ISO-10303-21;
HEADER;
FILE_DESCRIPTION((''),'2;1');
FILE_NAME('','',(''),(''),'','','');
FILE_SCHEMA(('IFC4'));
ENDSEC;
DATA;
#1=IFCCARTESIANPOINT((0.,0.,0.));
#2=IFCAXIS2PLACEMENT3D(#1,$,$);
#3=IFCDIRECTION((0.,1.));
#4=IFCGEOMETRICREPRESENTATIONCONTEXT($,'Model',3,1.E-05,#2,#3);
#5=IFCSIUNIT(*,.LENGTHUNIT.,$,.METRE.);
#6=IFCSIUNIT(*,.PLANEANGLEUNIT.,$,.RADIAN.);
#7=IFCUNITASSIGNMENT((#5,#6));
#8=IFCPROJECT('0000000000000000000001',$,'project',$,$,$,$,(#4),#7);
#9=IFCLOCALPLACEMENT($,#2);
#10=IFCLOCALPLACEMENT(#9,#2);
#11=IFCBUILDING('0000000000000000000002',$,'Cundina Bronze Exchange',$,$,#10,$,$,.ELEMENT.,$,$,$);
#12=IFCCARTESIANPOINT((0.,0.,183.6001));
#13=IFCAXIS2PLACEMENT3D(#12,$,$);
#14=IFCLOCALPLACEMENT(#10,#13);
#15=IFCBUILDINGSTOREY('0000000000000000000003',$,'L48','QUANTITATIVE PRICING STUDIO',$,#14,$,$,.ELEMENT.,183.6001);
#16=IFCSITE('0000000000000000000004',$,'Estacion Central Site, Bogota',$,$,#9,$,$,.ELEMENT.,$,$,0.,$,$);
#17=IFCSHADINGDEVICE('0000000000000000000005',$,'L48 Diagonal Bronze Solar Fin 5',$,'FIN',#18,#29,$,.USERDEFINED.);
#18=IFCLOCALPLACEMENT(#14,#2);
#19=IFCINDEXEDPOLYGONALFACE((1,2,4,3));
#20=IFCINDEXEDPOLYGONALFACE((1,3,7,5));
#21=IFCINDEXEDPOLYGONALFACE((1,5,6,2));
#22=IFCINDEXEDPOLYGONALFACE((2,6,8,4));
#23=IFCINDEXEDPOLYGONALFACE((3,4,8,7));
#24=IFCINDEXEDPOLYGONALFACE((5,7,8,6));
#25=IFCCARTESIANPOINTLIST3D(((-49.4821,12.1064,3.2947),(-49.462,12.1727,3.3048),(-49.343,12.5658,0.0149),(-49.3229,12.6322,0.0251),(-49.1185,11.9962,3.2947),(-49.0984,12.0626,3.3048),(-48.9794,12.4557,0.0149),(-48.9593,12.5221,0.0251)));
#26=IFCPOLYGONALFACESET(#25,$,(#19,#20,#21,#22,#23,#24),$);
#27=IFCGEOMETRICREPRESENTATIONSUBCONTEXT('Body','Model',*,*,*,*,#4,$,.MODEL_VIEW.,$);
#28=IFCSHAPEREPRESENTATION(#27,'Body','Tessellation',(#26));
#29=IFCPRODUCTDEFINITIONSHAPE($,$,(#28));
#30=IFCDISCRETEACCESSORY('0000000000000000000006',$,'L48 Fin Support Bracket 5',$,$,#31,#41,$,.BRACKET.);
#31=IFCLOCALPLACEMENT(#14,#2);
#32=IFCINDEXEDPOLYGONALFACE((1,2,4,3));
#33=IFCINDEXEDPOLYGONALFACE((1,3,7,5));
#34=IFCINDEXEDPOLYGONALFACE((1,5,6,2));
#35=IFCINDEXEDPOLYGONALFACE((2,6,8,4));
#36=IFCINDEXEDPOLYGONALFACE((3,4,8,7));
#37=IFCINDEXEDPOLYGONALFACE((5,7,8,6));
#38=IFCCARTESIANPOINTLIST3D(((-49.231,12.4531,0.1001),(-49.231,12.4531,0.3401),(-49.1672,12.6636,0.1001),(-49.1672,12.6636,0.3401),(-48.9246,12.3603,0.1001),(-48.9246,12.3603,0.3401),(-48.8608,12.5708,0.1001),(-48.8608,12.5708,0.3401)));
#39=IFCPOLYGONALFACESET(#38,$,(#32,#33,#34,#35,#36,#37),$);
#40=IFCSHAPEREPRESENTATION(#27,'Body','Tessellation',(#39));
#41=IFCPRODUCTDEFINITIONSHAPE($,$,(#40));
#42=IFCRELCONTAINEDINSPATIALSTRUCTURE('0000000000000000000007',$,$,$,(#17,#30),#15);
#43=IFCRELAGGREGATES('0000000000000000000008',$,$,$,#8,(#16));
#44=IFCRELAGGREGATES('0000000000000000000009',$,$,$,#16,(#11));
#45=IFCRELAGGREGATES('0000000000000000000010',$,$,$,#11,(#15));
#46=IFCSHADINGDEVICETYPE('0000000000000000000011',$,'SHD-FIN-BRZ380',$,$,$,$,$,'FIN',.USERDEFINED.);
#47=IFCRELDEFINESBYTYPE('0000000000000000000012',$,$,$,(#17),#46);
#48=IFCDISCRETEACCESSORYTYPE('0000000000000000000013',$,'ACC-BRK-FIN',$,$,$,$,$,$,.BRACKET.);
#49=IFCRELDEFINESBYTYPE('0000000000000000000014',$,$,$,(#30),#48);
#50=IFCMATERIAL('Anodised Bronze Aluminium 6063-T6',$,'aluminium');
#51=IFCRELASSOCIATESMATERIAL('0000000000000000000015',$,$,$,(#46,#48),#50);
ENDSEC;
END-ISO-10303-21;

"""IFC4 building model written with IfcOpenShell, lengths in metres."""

from ifc_helpers import new_model, si_unit, direction, frame, origin, origin_2d, place, context, subcontext, project, spatial, rectangle, extrude, material, material_profile, profile_set, type_object, element, save


model = new_model("IFC4")

# Units and contexts
model_context = context("Model", 3, precision=1e-05, world=origin(), true_north=direction((0.0, 1.0)))
body_context = subcontext(model_context, "Body", "Model", "MODEL_VIEW")
ifc_project = project(units=[si_unit("LENGTHUNIT", "METRE"), si_unit("PLANEANGLEUNIT", "RADIAN")], contexts=[model_context])

# Site, building, storey
site_placement = place(None, origin())
site = spatial("IfcSite", under=ifc_project, at=site_placement, Name="Estacion Central Site, Bogota", CompositionType="ELEMENT", RefElevation=0.0)
building_placement = place(site_placement, origin())
building = spatial("IfcBuilding", under=site, at=building_placement, Name="Cundina Bronze Exchange", CompositionType="ELEMENT")
storey_placement = place(building_placement, frame((0.0, 0.0, 183.6001)))
storey = spatial("IfcBuildingStorey", under=building, at=storey_placement, Name="L48", Description="QUANTITATIVE PRICING STUDIO", CompositionType="ELEMENT", Elevation=183.6001)

# Shared definitions
ifc_material_1 = material(Name="Anodised Bronze Aluminium 6063-T6", Category="aluminium")

# Shading device
ifc_material_profile_1 = material_profile(ifc_material_1, rectangle(XDim=0.0701, YDim=0.3799, at=origin_2d()), Name="FIN70X380", Category="aluminium")
ifc_profile_set_1 = profile_set([ifc_material_profile_1], Name="Anodised Bronze Aluminium 6063-T6")
shading_device_type = type_object("IfcShadingDeviceType", Name="SHD-FIN-BRZ380", ElementType="FIN", PredefinedType="USERDEFINED", material=ifc_profile_set_1)
shading_device_placement = place(storey_placement, frame((-49.1511, 12.5439, 0.02), z_axis=(-0.041982, -0.138615, 0.989456), x_axis=(0.28681, 0.946976, 0.144833)))
element("IfcShadingDevice", 1, at=shading_device_placement, inside=storey, type_object=shading_device_type, Name="L48 Diagonal Bronze Solar Fin 5", ObjectType="FIN", PredefinedType="USERDEFINED", context=body_context, shape_type="SweptSolid", body=[
    extrude(rectangle(XDim=0.0701, YDim=0.3799, at=origin_2d()), origin(), (0.0, 0.0, 1.0), 3.3147),
])

# Discrete accessory
discrete_accessory_type = type_object("IfcDiscreteAccessoryType", Name="ACC-BRK-FIN", PredefinedType="BRACKET", material=ifc_material_1)
discrete_accessory_placement = place(storey_placement, frame((-49.0459, 12.512, 0.1001), z_axis=(0.0, 0.0, 1.0), x_axis=(-0.290051, -0.957011, 0.0)))
element("IfcDiscreteAccessory", 2, at=discrete_accessory_placement, inside=storey, type_object=discrete_accessory_type, Name="L48 Fin Support Bracket 5", PredefinedType="BRACKET", context=body_context, shape_type="SweptSolid", body=[
    extrude(rectangle(XDim=0.22, YDim=0.3201, at=origin_2d()), origin(), (0.0, 0.0, 1.0), 0.24),
])

save(model, "model.ifc")
